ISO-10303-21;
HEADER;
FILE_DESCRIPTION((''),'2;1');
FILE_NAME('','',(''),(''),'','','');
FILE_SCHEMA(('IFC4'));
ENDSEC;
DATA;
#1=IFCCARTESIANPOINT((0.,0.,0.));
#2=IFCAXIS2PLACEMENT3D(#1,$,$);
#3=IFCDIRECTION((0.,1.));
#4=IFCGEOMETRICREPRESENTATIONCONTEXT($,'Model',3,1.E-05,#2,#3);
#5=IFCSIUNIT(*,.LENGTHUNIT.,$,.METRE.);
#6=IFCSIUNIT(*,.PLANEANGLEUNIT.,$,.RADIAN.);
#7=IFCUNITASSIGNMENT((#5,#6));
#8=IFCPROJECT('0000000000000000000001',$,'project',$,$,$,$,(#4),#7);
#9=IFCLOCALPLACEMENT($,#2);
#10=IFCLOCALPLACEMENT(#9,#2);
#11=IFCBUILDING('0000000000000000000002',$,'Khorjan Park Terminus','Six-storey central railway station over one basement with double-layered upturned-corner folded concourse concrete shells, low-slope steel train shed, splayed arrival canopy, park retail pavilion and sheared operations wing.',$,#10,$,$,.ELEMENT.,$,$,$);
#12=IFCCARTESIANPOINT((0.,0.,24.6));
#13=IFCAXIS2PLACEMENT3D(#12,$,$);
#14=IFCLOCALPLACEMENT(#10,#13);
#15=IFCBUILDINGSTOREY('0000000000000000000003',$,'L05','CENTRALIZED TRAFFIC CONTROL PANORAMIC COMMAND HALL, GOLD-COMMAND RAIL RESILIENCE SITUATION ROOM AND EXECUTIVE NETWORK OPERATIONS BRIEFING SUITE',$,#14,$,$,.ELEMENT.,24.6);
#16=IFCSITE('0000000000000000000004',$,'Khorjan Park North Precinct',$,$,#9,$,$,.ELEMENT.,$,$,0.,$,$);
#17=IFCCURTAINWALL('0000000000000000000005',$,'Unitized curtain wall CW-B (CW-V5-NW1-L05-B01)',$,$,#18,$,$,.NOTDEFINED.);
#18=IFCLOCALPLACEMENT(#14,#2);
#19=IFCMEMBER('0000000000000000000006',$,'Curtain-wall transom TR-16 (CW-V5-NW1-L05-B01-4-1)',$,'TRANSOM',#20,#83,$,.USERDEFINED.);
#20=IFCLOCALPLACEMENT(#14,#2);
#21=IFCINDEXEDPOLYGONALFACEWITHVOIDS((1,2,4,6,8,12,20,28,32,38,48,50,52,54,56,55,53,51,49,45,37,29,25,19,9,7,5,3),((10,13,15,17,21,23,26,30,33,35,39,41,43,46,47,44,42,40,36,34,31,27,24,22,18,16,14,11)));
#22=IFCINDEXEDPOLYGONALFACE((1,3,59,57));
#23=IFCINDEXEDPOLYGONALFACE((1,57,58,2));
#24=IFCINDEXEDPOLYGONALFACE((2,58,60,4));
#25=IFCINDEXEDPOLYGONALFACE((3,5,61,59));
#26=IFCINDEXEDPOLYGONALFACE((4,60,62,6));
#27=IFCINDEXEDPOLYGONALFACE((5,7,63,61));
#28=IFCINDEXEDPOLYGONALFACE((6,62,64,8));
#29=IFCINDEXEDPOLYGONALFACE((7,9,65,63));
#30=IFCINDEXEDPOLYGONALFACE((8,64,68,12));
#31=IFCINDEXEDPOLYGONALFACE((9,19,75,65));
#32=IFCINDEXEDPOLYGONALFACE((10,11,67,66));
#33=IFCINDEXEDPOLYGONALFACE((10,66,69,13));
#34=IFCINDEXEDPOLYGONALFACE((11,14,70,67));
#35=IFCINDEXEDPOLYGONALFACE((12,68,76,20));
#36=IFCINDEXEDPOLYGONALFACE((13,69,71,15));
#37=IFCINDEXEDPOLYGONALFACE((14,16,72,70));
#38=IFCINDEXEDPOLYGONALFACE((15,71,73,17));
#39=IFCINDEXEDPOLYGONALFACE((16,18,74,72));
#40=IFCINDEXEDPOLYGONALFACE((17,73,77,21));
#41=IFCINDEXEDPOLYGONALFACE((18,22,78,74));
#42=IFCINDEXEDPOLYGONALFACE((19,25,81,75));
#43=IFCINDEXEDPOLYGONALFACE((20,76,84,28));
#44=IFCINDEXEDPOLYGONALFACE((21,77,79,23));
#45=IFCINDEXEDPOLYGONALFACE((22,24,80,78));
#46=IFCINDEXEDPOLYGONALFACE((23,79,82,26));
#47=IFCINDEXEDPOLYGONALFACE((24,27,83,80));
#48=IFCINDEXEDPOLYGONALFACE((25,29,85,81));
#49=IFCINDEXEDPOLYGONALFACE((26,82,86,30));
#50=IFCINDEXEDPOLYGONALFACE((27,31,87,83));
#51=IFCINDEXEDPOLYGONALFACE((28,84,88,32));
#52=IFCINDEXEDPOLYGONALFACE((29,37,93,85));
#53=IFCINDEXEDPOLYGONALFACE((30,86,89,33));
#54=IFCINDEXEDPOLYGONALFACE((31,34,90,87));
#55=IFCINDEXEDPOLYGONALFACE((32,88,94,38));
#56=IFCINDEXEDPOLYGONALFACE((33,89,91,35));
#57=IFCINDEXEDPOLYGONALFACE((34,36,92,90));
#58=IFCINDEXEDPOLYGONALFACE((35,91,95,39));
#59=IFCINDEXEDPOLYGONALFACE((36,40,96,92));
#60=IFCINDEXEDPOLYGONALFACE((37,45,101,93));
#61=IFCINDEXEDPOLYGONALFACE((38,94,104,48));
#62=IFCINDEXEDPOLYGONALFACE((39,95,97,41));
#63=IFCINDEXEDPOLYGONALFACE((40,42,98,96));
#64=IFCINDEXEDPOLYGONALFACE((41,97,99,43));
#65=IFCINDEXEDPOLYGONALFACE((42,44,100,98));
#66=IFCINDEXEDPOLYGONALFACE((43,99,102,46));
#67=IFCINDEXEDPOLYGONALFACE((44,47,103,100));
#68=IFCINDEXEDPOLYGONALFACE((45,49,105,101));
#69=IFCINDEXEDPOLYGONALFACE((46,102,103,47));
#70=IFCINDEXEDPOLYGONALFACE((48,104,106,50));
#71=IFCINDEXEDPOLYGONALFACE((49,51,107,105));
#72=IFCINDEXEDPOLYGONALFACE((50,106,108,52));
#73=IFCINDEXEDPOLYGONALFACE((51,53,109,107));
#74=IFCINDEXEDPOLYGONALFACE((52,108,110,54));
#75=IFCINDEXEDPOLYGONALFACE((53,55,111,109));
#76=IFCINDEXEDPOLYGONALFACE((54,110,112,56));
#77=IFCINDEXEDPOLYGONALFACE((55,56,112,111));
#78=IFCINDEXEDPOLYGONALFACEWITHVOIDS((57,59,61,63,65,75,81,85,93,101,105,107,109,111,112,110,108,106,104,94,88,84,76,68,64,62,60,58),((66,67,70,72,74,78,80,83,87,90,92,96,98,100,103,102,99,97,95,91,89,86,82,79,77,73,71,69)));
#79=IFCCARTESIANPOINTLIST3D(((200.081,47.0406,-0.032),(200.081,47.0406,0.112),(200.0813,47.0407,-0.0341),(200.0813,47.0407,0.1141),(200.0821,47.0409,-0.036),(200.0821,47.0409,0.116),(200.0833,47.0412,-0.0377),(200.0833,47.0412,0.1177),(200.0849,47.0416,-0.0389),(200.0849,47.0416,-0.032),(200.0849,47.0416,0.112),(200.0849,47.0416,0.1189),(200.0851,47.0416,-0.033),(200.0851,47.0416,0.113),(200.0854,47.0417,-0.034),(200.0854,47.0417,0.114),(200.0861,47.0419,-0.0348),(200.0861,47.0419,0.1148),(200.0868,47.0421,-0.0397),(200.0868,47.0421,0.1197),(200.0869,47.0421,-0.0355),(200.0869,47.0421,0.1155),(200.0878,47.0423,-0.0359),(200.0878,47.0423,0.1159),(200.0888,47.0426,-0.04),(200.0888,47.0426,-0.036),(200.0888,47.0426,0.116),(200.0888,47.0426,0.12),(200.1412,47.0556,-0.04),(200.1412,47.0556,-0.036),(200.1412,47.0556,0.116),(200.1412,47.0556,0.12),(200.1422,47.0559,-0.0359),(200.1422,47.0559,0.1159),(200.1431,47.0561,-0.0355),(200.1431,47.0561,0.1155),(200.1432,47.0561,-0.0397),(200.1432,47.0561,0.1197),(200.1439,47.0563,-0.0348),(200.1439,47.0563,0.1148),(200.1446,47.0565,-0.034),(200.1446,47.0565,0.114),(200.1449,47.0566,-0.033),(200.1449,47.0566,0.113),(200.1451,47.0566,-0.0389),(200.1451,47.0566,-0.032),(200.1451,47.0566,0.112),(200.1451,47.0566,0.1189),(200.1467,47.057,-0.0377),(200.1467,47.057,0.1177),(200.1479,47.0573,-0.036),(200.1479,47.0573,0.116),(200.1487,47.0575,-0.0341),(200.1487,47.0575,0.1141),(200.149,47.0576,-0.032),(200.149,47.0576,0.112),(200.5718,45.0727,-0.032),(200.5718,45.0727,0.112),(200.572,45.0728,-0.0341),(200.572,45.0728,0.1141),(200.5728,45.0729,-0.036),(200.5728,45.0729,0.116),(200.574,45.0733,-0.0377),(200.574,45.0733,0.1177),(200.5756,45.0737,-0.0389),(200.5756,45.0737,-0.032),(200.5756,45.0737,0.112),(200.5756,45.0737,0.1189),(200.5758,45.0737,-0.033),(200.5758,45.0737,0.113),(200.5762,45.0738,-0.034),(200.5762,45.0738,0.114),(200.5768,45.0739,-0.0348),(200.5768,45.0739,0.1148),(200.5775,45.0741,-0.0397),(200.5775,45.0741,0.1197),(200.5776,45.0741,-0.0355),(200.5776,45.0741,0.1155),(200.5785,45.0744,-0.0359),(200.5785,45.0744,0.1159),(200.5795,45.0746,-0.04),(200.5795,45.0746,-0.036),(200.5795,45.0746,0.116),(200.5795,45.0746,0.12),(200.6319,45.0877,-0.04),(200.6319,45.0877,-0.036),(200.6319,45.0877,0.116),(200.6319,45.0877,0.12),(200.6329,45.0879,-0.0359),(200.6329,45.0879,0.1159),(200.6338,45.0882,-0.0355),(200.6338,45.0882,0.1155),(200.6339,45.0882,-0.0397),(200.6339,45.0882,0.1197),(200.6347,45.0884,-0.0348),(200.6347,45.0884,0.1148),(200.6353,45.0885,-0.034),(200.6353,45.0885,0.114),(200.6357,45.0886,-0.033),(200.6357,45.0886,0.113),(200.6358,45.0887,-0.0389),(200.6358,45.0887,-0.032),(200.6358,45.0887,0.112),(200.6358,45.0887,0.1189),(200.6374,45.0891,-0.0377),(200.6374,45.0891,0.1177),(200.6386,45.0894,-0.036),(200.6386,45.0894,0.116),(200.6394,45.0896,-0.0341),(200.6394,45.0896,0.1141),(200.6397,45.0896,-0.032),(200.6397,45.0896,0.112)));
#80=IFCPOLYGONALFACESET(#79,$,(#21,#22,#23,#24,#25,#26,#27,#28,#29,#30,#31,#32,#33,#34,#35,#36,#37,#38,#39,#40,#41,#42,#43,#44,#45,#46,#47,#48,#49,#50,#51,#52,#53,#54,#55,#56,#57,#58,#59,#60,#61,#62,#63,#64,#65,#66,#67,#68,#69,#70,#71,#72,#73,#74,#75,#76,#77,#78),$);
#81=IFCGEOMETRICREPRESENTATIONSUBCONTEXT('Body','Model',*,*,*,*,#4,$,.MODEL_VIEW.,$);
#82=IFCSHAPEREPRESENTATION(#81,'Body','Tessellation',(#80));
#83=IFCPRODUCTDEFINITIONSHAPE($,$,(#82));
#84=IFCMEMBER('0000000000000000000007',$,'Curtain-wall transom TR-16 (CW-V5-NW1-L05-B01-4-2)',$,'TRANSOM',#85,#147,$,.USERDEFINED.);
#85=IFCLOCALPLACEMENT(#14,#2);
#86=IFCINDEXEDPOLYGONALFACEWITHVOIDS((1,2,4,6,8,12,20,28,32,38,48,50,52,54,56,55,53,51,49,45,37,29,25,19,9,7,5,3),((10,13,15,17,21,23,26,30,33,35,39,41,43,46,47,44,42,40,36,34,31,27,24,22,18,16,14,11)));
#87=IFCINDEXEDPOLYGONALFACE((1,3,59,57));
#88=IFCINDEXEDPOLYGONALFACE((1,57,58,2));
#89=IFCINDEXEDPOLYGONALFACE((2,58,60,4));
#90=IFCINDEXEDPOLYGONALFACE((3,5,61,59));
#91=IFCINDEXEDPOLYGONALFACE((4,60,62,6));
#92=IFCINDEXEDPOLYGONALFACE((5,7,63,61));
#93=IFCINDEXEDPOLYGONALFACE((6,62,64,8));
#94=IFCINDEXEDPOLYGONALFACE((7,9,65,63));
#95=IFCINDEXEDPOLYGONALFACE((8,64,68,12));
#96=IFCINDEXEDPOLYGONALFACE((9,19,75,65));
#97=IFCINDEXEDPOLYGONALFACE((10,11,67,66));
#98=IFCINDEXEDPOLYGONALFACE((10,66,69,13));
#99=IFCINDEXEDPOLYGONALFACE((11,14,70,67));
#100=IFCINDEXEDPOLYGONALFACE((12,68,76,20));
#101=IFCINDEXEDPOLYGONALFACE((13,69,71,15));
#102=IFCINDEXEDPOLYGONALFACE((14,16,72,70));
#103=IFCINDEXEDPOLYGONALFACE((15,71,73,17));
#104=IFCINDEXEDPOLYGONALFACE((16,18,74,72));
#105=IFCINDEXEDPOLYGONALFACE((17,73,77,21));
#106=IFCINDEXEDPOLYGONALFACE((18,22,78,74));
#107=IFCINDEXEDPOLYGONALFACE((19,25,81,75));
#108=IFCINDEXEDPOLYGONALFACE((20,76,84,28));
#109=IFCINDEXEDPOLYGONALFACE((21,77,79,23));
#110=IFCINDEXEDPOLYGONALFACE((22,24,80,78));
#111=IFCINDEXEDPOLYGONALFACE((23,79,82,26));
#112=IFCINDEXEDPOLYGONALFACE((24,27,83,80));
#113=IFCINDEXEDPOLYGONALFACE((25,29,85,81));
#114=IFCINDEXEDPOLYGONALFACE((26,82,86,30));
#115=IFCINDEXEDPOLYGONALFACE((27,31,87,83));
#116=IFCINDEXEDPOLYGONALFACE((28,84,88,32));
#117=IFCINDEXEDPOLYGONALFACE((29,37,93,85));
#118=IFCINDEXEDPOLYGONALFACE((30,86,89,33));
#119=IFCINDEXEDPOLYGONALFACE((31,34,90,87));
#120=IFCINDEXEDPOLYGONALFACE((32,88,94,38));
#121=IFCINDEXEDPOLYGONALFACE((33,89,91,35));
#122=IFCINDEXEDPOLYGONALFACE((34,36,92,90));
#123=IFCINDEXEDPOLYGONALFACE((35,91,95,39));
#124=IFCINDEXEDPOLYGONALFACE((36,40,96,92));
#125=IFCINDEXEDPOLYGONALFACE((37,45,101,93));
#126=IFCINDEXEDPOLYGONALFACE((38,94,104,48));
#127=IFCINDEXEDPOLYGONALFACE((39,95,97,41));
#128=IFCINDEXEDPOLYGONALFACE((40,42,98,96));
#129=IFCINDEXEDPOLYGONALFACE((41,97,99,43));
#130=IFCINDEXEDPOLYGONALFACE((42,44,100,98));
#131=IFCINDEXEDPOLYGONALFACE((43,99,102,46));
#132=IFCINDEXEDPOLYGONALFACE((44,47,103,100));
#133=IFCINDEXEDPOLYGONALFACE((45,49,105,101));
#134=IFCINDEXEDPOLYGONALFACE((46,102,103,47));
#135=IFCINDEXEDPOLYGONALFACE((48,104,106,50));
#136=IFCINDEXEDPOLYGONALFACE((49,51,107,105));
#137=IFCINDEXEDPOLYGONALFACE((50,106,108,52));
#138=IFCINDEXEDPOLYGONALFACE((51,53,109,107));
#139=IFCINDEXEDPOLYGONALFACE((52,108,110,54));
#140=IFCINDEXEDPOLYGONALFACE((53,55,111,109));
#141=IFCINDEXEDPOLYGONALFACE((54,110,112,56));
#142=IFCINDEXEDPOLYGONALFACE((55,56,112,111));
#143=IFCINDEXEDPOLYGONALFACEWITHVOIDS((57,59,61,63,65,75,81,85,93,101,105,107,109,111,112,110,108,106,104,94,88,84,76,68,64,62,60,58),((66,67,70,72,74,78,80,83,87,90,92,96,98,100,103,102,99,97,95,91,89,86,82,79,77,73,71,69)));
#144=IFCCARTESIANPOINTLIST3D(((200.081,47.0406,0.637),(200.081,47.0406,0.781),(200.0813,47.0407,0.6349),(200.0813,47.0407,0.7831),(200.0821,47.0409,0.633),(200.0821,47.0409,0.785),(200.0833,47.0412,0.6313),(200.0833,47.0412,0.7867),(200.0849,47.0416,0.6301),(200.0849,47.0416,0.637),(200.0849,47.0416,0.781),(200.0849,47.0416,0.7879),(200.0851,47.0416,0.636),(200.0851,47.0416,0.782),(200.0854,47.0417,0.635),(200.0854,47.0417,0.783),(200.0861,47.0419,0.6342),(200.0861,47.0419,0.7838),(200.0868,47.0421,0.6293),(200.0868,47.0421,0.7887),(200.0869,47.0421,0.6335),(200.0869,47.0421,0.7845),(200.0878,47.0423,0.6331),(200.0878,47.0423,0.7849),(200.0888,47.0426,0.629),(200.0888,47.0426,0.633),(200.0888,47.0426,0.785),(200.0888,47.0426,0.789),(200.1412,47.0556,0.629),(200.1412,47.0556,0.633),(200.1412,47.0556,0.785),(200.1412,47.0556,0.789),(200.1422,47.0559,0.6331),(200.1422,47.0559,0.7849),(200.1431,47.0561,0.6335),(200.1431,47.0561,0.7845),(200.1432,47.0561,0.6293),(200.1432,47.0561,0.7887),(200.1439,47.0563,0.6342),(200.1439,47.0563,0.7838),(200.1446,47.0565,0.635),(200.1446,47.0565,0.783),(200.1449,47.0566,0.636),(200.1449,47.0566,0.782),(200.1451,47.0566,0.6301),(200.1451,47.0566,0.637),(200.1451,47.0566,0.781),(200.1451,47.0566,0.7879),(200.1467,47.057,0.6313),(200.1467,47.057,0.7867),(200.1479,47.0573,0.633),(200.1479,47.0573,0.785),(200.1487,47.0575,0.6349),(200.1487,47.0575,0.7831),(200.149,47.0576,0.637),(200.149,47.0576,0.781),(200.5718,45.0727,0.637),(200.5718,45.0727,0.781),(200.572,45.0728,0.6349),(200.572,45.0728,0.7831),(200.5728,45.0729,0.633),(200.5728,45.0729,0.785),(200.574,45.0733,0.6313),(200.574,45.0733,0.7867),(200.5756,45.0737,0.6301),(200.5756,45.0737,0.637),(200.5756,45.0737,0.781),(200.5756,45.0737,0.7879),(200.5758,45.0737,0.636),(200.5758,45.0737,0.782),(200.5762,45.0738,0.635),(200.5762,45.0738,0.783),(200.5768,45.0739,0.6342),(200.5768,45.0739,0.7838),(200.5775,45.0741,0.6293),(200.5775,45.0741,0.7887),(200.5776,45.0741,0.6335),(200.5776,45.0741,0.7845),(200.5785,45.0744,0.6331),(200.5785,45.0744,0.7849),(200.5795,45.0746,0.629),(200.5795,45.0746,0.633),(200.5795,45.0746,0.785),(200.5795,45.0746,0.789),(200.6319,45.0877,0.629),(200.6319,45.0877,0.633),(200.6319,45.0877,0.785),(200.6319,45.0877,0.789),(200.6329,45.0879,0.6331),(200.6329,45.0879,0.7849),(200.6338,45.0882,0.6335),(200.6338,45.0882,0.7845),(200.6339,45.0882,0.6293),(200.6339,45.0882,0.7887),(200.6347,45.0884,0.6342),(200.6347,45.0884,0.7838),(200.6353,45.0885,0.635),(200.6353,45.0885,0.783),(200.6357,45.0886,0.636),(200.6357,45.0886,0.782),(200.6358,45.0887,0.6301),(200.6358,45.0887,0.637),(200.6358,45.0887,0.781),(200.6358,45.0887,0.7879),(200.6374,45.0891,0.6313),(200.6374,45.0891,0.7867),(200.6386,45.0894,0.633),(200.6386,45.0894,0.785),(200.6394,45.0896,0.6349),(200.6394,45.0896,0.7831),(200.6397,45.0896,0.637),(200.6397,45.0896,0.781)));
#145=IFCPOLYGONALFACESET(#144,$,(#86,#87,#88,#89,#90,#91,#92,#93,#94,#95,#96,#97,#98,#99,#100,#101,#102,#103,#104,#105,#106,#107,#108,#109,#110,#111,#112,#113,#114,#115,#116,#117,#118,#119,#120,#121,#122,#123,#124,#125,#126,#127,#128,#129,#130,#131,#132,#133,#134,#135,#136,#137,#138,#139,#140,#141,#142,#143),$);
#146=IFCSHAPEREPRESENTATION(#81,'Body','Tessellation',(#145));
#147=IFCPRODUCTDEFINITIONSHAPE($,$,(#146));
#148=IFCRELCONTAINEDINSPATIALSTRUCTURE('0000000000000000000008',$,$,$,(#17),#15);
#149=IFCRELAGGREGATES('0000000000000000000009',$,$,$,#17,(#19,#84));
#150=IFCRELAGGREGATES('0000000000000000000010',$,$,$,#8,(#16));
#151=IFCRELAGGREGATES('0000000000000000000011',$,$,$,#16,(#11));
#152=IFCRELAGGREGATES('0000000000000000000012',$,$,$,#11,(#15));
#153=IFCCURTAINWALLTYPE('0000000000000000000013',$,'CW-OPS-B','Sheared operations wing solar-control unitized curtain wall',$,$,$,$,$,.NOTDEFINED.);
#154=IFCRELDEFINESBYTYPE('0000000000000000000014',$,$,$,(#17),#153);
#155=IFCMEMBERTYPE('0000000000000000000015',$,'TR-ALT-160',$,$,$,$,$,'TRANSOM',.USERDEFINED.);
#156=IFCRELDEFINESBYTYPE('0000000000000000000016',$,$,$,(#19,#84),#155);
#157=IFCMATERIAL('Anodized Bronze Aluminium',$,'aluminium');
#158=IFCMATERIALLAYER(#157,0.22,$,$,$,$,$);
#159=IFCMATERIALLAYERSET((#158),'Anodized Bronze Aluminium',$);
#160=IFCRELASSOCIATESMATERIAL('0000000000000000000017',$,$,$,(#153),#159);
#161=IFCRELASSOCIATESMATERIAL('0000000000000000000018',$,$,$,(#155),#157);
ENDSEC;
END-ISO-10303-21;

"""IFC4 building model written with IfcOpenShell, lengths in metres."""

from ifc_helpers import new_model, si_unit, direction, frame, origin, origin_2d, place, context, subcontext, project, spatial, hollow_rectangle, extrude, material, layer, layer_set, material_profile, profile_set, type_object, element, aggregate, save


model = new_model("IFC4")

# Units and contexts
model_context = context("Model", 3, precision=1e-05, world=origin(), true_north=direction((0.0, 1.0)))
body_context = subcontext(model_context, "Body", "Model", "MODEL_VIEW")
ifc_project = project(units=[si_unit("LENGTHUNIT", "METRE"), si_unit("PLANEANGLEUNIT", "RADIAN")], contexts=[model_context])

# Site, building, storey
site_placement = place(None, origin())
site = spatial("IfcSite", under=ifc_project, at=site_placement, Name="Khorjan Park North Precinct", CompositionType="ELEMENT", RefElevation=0.0)
building_placement = place(site_placement, origin())
building = spatial("IfcBuilding", under=site, at=building_placement, Name="Khorjan Park Terminus", Description="Six-storey central railway station over one basement with double-layered upturned-corner folded concourse concrete shells, low-slope steel train shed, splayed arrival canopy, park retail pavilion and sheared operations wing.", CompositionType="ELEMENT")
storey_placement = place(building_placement, frame((0.0, 0.0, 24.6)))
storey = spatial("IfcBuildingStorey", under=building, at=storey_placement, Name="L05", Description="CENTRALIZED TRAFFIC CONTROL PANORAMIC COMMAND HALL, GOLD-COMMAND RAIL RESILIENCE SITUATION ROOM AND EXECUTIVE NETWORK OPERATIONS BRIEFING SUITE", CompositionType="ELEMENT", Elevation=24.6)

# Curtain wall
ifc_material_1 = material(Name="Anodized Bronze Aluminium", Category="aluminium")
ifc_layer_1 = layer(ifc_material_1, 0.22)
ifc_layer_set_1 = layer_set([ifc_layer_1], Name="Anodized Bronze Aluminium")
curtain_wall_type = type_object("IfcCurtainWallType", Name="CW-OPS-B", Description="Sheared operations wing solar-control unitized curtain wall", PredefinedType="NOTDEFINED", material=ifc_layer_set_1)
curtain_wall_1_placement = place(storey_placement, origin())
curtain_wall_1 = element("IfcCurtainWall", 1, at=curtain_wall_1_placement, inside=storey, type_object=curtain_wall_type, Name="Unitized curtain wall CW-B (CW-V5-NW1-L05-B01)", PredefinedType="NOTDEFINED")

# Members
ifc_material_profile_1 = material_profile(ifc_material_1, hollow_rectangle(XDim=0.07, YDim=0.16, WallThickness=0.004, InnerFilletRadius=0.004, OuterFilletRadius=0.008, at=origin_2d()), Name="ALT 70x160x4")
ifc_profile_set_1 = profile_set([ifc_material_profile_1], Name="Anodized Bronze Aluminium")
member_type_1 = type_object("IfcMemberType", Name="TR-ALT-160", ElementType="TRANSOM", PredefinedType="USERDEFINED", material=ifc_profile_set_1)
member_1_placement = place(storey_placement, frame((200.115, 47.0491, 0.04), z_axis=(0.241944, -0.97029, 0.0), x_axis=(0.97029, 0.241944, 0.0)))
member_1 = element("IfcMember", 2, at=member_1_placement, type_object=member_type_1, Name="Curtain-wall transom TR-16 (CW-V5-NW1-L05-B01-4-1)", ObjectType="TRANSOM", PredefinedType="USERDEFINED", context=body_context, shape_type="SweptSolid", body=[
    extrude(hollow_rectangle(XDim=0.07, YDim=0.16, WallThickness=0.004, InnerFilletRadius=0.004, OuterFilletRadius=0.008, at=origin_2d()), origin(), (0.0, 0.0, 1.0), 2.0282),
])
member_2_placement = place(storey_placement, frame((200.115, 47.0491, 0.709), z_axis=(0.241944, -0.97029, 0.0), x_axis=(0.97029, 0.241944, 0.0)))
member_2 = element("IfcMember", 3, at=member_2_placement, type_object=member_type_1, Name="Curtain-wall transom TR-16 (CW-V5-NW1-L05-B01-4-2)", ObjectType="TRANSOM", PredefinedType="USERDEFINED", context=body_context, shape_type="SweptSolid", body=[
    extrude(hollow_rectangle(XDim=0.07, YDim=0.16, WallThickness=0.004, InnerFilletRadius=0.004, OuterFilletRadius=0.008, at=origin_2d()), origin(), (0.0, 0.0, 1.0), 2.0282),
])

aggregate(curtain_wall_1, [member_1, member_2])

save(model, "model.ifc")
